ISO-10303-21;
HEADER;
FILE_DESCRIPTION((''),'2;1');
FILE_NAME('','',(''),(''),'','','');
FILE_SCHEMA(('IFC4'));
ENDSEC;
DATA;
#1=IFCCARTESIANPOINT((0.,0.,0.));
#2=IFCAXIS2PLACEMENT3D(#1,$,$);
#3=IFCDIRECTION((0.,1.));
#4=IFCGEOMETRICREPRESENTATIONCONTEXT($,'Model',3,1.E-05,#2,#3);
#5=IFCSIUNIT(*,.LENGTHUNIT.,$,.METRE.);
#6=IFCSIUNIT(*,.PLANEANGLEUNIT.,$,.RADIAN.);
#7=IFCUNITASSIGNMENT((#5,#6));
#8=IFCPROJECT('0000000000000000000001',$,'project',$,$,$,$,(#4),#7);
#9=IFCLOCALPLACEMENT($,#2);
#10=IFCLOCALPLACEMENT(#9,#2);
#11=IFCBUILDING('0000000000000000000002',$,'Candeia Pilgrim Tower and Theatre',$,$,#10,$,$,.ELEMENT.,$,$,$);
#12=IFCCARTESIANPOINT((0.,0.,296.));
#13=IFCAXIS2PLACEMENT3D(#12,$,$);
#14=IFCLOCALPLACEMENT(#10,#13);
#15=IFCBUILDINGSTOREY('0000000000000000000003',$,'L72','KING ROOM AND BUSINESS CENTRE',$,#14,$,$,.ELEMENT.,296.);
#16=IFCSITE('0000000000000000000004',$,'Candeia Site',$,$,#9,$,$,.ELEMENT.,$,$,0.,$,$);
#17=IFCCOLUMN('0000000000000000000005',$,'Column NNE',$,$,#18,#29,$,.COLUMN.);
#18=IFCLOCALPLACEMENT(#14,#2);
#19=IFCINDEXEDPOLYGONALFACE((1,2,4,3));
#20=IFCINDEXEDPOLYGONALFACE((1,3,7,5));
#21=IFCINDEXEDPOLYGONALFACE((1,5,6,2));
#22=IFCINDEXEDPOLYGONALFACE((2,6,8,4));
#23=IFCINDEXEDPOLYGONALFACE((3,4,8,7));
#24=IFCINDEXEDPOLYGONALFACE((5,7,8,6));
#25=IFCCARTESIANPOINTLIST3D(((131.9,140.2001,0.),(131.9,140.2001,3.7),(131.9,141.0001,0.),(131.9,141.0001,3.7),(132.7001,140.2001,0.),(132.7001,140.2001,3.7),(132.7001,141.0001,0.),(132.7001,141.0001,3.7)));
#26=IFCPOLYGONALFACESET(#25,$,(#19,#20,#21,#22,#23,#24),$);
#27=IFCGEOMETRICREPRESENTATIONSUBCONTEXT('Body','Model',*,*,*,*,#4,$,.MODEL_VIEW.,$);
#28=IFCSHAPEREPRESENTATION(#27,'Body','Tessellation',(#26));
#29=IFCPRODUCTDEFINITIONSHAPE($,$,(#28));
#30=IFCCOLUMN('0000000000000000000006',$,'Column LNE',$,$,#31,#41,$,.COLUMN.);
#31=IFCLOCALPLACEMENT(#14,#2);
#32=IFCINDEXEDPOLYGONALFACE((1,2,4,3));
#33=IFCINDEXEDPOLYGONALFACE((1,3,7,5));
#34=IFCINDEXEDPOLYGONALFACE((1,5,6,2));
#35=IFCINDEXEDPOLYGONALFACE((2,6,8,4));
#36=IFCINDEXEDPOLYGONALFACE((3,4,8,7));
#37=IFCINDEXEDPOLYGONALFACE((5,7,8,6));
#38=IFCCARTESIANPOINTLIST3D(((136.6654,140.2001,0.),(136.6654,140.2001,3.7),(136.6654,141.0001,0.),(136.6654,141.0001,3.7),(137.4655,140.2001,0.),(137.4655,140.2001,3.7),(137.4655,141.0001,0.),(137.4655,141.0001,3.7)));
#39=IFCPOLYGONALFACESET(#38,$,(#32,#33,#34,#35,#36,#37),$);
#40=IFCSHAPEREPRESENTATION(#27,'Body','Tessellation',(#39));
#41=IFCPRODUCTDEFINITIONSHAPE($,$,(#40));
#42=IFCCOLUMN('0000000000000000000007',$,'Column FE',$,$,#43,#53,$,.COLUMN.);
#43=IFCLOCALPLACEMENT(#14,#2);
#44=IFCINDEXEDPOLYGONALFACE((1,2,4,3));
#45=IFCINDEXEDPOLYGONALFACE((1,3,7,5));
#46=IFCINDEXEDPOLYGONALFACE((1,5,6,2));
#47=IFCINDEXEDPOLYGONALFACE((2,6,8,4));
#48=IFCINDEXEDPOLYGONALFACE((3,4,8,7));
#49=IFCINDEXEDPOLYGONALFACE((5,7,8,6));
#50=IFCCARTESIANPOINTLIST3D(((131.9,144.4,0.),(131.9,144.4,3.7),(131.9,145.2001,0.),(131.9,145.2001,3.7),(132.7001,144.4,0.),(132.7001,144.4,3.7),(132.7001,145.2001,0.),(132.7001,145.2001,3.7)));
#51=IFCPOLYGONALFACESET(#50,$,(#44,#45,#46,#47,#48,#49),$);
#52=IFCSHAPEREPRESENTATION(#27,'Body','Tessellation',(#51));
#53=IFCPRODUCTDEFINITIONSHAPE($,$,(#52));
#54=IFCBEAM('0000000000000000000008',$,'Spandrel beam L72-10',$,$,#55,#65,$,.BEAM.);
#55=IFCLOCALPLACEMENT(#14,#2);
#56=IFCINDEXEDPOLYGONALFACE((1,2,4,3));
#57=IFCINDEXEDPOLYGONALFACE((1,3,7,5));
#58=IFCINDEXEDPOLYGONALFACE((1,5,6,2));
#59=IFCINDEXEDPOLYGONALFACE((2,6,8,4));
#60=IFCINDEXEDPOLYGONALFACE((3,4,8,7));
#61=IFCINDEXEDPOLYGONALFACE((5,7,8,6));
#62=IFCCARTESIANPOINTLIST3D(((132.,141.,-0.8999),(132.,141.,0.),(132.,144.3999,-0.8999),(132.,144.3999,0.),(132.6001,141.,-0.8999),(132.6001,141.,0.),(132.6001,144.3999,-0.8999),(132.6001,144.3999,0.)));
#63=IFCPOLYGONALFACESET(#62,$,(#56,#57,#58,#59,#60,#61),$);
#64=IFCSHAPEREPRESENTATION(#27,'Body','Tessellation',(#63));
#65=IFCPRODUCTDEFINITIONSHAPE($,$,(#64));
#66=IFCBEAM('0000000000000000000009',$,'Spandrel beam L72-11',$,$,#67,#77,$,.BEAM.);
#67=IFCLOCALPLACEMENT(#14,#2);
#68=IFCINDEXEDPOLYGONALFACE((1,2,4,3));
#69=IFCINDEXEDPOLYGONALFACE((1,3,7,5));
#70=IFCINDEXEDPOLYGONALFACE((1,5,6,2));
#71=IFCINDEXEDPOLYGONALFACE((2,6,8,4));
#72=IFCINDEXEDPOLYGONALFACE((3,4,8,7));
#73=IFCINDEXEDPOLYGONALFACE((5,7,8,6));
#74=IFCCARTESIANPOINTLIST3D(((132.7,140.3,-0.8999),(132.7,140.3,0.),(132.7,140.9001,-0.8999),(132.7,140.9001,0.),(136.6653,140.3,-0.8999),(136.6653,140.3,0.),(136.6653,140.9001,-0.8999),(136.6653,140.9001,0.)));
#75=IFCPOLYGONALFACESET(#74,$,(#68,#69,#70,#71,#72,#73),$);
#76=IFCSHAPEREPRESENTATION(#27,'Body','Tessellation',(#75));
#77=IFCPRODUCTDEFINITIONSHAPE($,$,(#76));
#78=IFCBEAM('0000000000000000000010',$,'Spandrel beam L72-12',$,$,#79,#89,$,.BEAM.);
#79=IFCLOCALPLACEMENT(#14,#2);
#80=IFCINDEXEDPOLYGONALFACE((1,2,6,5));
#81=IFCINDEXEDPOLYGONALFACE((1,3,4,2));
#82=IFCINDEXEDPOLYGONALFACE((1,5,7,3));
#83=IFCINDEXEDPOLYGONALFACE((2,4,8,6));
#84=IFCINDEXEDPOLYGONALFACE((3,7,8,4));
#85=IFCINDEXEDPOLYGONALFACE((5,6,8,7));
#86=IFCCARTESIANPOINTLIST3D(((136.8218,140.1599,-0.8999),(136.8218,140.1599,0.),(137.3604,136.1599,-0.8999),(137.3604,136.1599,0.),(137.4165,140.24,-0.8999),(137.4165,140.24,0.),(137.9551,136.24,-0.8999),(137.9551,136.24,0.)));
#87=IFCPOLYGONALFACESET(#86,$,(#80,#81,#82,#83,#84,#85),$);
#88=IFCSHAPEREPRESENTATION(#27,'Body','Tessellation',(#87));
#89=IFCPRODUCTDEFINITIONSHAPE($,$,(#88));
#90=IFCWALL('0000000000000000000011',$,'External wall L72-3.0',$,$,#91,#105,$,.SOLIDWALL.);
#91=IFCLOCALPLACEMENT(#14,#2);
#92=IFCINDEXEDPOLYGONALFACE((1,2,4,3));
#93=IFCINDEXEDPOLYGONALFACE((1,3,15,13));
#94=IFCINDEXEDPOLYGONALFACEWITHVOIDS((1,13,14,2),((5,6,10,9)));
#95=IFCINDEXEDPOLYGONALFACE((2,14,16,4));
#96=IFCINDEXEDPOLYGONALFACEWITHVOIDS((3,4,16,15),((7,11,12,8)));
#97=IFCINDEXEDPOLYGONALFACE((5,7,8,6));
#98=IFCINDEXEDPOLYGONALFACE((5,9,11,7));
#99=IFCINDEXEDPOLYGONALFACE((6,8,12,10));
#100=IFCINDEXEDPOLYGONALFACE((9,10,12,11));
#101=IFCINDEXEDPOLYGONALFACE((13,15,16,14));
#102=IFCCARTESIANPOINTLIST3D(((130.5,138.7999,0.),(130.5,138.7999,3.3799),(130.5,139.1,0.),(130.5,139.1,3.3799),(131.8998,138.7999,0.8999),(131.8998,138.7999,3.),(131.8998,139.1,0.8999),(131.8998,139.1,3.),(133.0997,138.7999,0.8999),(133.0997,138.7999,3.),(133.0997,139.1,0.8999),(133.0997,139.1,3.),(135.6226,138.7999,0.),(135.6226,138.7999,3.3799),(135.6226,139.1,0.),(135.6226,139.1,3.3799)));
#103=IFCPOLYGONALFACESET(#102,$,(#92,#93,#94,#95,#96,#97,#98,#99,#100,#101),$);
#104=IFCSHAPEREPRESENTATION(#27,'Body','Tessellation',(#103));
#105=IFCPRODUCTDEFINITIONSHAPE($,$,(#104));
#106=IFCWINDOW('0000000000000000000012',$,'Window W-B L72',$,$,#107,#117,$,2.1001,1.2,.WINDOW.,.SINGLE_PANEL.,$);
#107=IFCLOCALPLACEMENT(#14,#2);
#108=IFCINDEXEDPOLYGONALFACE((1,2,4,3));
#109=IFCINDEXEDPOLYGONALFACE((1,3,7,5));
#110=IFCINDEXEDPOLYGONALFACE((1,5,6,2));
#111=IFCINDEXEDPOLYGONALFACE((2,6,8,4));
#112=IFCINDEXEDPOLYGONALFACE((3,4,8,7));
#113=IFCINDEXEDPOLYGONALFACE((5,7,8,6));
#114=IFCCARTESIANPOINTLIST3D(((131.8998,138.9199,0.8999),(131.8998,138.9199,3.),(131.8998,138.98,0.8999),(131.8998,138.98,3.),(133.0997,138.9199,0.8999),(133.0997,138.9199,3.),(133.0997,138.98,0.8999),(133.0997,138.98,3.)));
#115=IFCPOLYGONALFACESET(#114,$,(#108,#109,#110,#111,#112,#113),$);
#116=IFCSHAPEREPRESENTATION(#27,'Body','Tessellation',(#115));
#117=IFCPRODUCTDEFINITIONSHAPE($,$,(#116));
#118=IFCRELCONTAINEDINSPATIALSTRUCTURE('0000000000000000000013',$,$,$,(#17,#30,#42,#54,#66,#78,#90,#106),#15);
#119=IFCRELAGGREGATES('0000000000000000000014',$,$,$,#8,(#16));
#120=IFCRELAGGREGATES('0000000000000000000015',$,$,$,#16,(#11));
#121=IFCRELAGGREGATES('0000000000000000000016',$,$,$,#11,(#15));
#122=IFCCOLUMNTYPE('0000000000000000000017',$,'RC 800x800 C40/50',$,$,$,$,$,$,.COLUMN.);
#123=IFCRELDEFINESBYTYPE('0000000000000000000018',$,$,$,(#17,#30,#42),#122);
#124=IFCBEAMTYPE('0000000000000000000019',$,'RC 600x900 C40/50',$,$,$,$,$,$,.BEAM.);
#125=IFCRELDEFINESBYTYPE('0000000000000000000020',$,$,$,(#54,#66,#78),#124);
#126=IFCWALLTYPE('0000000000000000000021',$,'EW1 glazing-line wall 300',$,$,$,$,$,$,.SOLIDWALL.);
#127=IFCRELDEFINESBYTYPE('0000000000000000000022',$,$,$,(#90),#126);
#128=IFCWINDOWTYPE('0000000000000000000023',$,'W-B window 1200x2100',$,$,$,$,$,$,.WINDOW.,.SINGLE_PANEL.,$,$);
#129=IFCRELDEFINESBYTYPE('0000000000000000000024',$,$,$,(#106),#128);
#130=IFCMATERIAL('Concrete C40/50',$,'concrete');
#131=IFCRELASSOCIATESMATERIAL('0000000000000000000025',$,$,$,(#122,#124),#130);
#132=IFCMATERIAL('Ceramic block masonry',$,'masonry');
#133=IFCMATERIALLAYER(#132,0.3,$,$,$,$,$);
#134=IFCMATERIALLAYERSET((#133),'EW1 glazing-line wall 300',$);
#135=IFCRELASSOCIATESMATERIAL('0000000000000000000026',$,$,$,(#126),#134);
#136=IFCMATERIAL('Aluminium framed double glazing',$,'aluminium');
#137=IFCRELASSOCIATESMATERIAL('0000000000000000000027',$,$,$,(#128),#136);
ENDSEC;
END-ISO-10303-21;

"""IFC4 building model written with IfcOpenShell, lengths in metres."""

from ifc_helpers import new_model, si_unit, direction, frame, frame_2d, origin, origin_2d, place, context, subcontext, project, spatial, rectangle, extrude, material, layer, layer_set, material_profile, profile_set, type_object, element, fill, save


model = new_model("IFC4")

# Units and contexts
model_context = context("Model", 3, precision=1e-05, world=origin(), true_north=direction((0.0, 1.0)))
body_context = subcontext(model_context, "Body", "Model", "MODEL_VIEW")
ifc_project = project(units=[si_unit("LENGTHUNIT", "METRE"), si_unit("PLANEANGLEUNIT", "RADIAN")], contexts=[model_context])

# Site, building, storey
site_placement = place(None, origin())
site = spatial("IfcSite", under=ifc_project, at=site_placement, Name="Candeia Site", CompositionType="ELEMENT", RefElevation=0.0)
building_placement = place(site_placement, origin())
building = spatial("IfcBuilding", under=site, at=building_placement, Name="Candeia Pilgrim Tower and Theatre", CompositionType="ELEMENT")
storey_placement = place(building_placement, frame((0.0, 0.0, 296.0)))
storey = spatial("IfcBuildingStorey", under=building, at=storey_placement, Name="L72", Description="KING ROOM AND BUSINESS CENTRE", CompositionType="ELEMENT", Elevation=296.0)

# Columns
ifc_material_1 = material(Name="Concrete C40/50", Category="concrete")
ifc_material_profile_1 = material_profile(ifc_material_1, rectangle(XDim=0.8, YDim=0.8, at=origin_2d()))
ifc_profile_set_1 = profile_set([ifc_material_profile_1], Name="Concrete C40/50")
column_type = type_object("IfcColumnType", Name="RC 800x800 C40/50", PredefinedType="COLUMN", material=ifc_profile_set_1)
for number, where, z_axis, x_axis, name in (
    (1, (132.3, 140.6001, 0.0), (0.0, 0.0, 1.0), (1.0, 0.0, 0.0), "Column NNE"),
    (2, (137.0654, 140.6001, 0.0), (0.0, 0.0, 1.0), (1.0, 0.0, 0.0), "Column LNE"),
    (3, (132.3, 144.8, 0.0), (0.0, 0.0, 1.0), (1.0, 0.0, 0.0), "Column FE"),
):
    element("IfcColumn", number, at=place(storey_placement, frame(where, z_axis=z_axis, x_axis=x_axis)), inside=storey, type_object=column_type, Name=name, PredefinedType="COLUMN", context=body_context, shape_type="SweptSolid", body=[
        extrude(rectangle(XDim=0.8, YDim=0.8, at=origin_2d()), origin(), (0.0, 0.0, 1.0), 3.7),
    ])

# Beams
ifc_material_profile_2 = material_profile(ifc_material_1, rectangle(XDim=0.6001, YDim=0.8999, at=origin_2d()))
ifc_profile_set_2 = profile_set([ifc_material_profile_2], Name="Concrete C40/50")
beam_type = type_object("IfcBeamType", Name="RC 600x900 C40/50", PredefinedType="BEAM", material=ifc_profile_set_2)
beam_1_placement = place(storey_placement, frame((132.3, 144.3999, -0.45), z_axis=(0.0, -1.0, 0.0), x_axis=(1.0, 0.0, 0.0)))
element("IfcBeam", 4, at=beam_1_placement, inside=storey, type_object=beam_type, Name="Spandrel beam L72-10", PredefinedType="BEAM", context=body_context, shape_type="SweptSolid", body=[
    extrude(rectangle(XDim=0.6001, YDim=0.8999, at=origin_2d()), origin(), (0.0, 0.0, 1.0), 3.3999),
])
beam_2_placement = place(storey_placement, frame((132.7, 140.6001, -0.45), z_axis=(1.0, 0.0, 0.0), x_axis=(0.0, 1.0, 0.0)))
element("IfcBeam", 5, at=beam_2_placement, inside=storey, type_object=beam_type, Name="Spandrel beam L72-11", PredefinedType="BEAM", context=body_context, shape_type="SweptSolid", body=[
    extrude(rectangle(XDim=0.6001, YDim=0.8999, at=origin_2d()), origin(), (0.0, 0.0, 1.0), 3.9653),
])
beam_3_placement = place(storey_placement, frame((137.1191, 140.2, -0.45), z_axis=(0.133439, -0.991057, 0.0), x_axis=(0.991057, 0.133439, 0.0)))
element("IfcBeam", 6, at=beam_3_placement, inside=storey, type_object=beam_type, Name="Spandrel beam L72-12", PredefinedType="BEAM", context=body_context, shape_type="SweptSolid", body=[
    extrude(rectangle(XDim=0.6001, YDim=0.8999, at=origin_2d()), origin(), (0.0, 0.0, 1.0), 4.0361),
])

# Wall, opening, window
ifc_material_2 = material(Name="Ceramic block masonry", Category="masonry")
ifc_layer_1 = layer(ifc_material_2, 0.3)
ifc_layer_set_1 = layer_set([ifc_layer_1], Name="EW1 glazing-line wall 300")
wall_type_1 = type_object("IfcWallType", Name="EW1 glazing-line wall 300", PredefinedType="SOLIDWALL", material=ifc_layer_set_1)
wall_1_placement = place(storey_placement, frame((135.6226, 138.95, 0.0), z_axis=(0.0, 0.0, 1.0), x_axis=(-1.0, 0.0, 0.0)))
wall_1 = element("IfcWall", 7, at=wall_1_placement, inside=storey, type_object=wall_type_1, Name="External wall L72-3.0", PredefinedType="SOLIDWALL", context=body_context, shape_type="SweptSolid", body=[
    extrude(rectangle(XDim=5.1226, YDim=0.3, at=frame_2d((2.5613, 0.0))), origin(), (0.0, 0.0, 1.0), 3.3799),
])
opening_1_placement = place(wall_1_placement, frame((2.5227, 0.0, 0.8999)))
opening_1 = element("IfcOpeningElement", 8, at=opening_1_placement, cuts=wall_1, PredefinedType="OPENING", context=body_context, shape_type="SweptSolid", body=[
    extrude(rectangle(XDim=1.2, YDim=2.1001, at=frame_2d((0.6001, 1.05))), frame((0.0, 0.1602, 0.0), z_axis=(0.0, -1.0, 0.0), x_axis=(1.0, 0.0, 0.0)), (0.0, 0.0, 1.0), 0.3201),
])
ifc_material_3 = material(Name="Aluminium framed double glazing", Category="aluminium")
window_type_1 = type_object("IfcWindowType", Name="W-B window 1200x2100", PartitioningType="SINGLE_PANEL", PredefinedType="WINDOW", material=ifc_material_3)
window_1_placement = place(opening_1_placement, origin())
window_1 = element("IfcWindow", 9, at=window_1_placement, inside=storey, type_object=window_type_1, Name="Window W-B L72", OverallHeight=2.1001, OverallWidth=1.2, PartitioningType="SINGLE_PANEL", PredefinedType="WINDOW", context=body_context, shape_type="SweptSolid", body=[
    extrude(rectangle(XDim=1.2, YDim=2.1001, at=frame_2d((0.6001, 1.05))), frame((0.0, 0.03, 0.0), z_axis=(0.0, -1.0, 0.0), x_axis=(1.0, 0.0, 0.0)), (0.0, 0.0, 1.0), 0.0601),
])
fill(opening_1, window_1)

save(model, "model.ifc")
